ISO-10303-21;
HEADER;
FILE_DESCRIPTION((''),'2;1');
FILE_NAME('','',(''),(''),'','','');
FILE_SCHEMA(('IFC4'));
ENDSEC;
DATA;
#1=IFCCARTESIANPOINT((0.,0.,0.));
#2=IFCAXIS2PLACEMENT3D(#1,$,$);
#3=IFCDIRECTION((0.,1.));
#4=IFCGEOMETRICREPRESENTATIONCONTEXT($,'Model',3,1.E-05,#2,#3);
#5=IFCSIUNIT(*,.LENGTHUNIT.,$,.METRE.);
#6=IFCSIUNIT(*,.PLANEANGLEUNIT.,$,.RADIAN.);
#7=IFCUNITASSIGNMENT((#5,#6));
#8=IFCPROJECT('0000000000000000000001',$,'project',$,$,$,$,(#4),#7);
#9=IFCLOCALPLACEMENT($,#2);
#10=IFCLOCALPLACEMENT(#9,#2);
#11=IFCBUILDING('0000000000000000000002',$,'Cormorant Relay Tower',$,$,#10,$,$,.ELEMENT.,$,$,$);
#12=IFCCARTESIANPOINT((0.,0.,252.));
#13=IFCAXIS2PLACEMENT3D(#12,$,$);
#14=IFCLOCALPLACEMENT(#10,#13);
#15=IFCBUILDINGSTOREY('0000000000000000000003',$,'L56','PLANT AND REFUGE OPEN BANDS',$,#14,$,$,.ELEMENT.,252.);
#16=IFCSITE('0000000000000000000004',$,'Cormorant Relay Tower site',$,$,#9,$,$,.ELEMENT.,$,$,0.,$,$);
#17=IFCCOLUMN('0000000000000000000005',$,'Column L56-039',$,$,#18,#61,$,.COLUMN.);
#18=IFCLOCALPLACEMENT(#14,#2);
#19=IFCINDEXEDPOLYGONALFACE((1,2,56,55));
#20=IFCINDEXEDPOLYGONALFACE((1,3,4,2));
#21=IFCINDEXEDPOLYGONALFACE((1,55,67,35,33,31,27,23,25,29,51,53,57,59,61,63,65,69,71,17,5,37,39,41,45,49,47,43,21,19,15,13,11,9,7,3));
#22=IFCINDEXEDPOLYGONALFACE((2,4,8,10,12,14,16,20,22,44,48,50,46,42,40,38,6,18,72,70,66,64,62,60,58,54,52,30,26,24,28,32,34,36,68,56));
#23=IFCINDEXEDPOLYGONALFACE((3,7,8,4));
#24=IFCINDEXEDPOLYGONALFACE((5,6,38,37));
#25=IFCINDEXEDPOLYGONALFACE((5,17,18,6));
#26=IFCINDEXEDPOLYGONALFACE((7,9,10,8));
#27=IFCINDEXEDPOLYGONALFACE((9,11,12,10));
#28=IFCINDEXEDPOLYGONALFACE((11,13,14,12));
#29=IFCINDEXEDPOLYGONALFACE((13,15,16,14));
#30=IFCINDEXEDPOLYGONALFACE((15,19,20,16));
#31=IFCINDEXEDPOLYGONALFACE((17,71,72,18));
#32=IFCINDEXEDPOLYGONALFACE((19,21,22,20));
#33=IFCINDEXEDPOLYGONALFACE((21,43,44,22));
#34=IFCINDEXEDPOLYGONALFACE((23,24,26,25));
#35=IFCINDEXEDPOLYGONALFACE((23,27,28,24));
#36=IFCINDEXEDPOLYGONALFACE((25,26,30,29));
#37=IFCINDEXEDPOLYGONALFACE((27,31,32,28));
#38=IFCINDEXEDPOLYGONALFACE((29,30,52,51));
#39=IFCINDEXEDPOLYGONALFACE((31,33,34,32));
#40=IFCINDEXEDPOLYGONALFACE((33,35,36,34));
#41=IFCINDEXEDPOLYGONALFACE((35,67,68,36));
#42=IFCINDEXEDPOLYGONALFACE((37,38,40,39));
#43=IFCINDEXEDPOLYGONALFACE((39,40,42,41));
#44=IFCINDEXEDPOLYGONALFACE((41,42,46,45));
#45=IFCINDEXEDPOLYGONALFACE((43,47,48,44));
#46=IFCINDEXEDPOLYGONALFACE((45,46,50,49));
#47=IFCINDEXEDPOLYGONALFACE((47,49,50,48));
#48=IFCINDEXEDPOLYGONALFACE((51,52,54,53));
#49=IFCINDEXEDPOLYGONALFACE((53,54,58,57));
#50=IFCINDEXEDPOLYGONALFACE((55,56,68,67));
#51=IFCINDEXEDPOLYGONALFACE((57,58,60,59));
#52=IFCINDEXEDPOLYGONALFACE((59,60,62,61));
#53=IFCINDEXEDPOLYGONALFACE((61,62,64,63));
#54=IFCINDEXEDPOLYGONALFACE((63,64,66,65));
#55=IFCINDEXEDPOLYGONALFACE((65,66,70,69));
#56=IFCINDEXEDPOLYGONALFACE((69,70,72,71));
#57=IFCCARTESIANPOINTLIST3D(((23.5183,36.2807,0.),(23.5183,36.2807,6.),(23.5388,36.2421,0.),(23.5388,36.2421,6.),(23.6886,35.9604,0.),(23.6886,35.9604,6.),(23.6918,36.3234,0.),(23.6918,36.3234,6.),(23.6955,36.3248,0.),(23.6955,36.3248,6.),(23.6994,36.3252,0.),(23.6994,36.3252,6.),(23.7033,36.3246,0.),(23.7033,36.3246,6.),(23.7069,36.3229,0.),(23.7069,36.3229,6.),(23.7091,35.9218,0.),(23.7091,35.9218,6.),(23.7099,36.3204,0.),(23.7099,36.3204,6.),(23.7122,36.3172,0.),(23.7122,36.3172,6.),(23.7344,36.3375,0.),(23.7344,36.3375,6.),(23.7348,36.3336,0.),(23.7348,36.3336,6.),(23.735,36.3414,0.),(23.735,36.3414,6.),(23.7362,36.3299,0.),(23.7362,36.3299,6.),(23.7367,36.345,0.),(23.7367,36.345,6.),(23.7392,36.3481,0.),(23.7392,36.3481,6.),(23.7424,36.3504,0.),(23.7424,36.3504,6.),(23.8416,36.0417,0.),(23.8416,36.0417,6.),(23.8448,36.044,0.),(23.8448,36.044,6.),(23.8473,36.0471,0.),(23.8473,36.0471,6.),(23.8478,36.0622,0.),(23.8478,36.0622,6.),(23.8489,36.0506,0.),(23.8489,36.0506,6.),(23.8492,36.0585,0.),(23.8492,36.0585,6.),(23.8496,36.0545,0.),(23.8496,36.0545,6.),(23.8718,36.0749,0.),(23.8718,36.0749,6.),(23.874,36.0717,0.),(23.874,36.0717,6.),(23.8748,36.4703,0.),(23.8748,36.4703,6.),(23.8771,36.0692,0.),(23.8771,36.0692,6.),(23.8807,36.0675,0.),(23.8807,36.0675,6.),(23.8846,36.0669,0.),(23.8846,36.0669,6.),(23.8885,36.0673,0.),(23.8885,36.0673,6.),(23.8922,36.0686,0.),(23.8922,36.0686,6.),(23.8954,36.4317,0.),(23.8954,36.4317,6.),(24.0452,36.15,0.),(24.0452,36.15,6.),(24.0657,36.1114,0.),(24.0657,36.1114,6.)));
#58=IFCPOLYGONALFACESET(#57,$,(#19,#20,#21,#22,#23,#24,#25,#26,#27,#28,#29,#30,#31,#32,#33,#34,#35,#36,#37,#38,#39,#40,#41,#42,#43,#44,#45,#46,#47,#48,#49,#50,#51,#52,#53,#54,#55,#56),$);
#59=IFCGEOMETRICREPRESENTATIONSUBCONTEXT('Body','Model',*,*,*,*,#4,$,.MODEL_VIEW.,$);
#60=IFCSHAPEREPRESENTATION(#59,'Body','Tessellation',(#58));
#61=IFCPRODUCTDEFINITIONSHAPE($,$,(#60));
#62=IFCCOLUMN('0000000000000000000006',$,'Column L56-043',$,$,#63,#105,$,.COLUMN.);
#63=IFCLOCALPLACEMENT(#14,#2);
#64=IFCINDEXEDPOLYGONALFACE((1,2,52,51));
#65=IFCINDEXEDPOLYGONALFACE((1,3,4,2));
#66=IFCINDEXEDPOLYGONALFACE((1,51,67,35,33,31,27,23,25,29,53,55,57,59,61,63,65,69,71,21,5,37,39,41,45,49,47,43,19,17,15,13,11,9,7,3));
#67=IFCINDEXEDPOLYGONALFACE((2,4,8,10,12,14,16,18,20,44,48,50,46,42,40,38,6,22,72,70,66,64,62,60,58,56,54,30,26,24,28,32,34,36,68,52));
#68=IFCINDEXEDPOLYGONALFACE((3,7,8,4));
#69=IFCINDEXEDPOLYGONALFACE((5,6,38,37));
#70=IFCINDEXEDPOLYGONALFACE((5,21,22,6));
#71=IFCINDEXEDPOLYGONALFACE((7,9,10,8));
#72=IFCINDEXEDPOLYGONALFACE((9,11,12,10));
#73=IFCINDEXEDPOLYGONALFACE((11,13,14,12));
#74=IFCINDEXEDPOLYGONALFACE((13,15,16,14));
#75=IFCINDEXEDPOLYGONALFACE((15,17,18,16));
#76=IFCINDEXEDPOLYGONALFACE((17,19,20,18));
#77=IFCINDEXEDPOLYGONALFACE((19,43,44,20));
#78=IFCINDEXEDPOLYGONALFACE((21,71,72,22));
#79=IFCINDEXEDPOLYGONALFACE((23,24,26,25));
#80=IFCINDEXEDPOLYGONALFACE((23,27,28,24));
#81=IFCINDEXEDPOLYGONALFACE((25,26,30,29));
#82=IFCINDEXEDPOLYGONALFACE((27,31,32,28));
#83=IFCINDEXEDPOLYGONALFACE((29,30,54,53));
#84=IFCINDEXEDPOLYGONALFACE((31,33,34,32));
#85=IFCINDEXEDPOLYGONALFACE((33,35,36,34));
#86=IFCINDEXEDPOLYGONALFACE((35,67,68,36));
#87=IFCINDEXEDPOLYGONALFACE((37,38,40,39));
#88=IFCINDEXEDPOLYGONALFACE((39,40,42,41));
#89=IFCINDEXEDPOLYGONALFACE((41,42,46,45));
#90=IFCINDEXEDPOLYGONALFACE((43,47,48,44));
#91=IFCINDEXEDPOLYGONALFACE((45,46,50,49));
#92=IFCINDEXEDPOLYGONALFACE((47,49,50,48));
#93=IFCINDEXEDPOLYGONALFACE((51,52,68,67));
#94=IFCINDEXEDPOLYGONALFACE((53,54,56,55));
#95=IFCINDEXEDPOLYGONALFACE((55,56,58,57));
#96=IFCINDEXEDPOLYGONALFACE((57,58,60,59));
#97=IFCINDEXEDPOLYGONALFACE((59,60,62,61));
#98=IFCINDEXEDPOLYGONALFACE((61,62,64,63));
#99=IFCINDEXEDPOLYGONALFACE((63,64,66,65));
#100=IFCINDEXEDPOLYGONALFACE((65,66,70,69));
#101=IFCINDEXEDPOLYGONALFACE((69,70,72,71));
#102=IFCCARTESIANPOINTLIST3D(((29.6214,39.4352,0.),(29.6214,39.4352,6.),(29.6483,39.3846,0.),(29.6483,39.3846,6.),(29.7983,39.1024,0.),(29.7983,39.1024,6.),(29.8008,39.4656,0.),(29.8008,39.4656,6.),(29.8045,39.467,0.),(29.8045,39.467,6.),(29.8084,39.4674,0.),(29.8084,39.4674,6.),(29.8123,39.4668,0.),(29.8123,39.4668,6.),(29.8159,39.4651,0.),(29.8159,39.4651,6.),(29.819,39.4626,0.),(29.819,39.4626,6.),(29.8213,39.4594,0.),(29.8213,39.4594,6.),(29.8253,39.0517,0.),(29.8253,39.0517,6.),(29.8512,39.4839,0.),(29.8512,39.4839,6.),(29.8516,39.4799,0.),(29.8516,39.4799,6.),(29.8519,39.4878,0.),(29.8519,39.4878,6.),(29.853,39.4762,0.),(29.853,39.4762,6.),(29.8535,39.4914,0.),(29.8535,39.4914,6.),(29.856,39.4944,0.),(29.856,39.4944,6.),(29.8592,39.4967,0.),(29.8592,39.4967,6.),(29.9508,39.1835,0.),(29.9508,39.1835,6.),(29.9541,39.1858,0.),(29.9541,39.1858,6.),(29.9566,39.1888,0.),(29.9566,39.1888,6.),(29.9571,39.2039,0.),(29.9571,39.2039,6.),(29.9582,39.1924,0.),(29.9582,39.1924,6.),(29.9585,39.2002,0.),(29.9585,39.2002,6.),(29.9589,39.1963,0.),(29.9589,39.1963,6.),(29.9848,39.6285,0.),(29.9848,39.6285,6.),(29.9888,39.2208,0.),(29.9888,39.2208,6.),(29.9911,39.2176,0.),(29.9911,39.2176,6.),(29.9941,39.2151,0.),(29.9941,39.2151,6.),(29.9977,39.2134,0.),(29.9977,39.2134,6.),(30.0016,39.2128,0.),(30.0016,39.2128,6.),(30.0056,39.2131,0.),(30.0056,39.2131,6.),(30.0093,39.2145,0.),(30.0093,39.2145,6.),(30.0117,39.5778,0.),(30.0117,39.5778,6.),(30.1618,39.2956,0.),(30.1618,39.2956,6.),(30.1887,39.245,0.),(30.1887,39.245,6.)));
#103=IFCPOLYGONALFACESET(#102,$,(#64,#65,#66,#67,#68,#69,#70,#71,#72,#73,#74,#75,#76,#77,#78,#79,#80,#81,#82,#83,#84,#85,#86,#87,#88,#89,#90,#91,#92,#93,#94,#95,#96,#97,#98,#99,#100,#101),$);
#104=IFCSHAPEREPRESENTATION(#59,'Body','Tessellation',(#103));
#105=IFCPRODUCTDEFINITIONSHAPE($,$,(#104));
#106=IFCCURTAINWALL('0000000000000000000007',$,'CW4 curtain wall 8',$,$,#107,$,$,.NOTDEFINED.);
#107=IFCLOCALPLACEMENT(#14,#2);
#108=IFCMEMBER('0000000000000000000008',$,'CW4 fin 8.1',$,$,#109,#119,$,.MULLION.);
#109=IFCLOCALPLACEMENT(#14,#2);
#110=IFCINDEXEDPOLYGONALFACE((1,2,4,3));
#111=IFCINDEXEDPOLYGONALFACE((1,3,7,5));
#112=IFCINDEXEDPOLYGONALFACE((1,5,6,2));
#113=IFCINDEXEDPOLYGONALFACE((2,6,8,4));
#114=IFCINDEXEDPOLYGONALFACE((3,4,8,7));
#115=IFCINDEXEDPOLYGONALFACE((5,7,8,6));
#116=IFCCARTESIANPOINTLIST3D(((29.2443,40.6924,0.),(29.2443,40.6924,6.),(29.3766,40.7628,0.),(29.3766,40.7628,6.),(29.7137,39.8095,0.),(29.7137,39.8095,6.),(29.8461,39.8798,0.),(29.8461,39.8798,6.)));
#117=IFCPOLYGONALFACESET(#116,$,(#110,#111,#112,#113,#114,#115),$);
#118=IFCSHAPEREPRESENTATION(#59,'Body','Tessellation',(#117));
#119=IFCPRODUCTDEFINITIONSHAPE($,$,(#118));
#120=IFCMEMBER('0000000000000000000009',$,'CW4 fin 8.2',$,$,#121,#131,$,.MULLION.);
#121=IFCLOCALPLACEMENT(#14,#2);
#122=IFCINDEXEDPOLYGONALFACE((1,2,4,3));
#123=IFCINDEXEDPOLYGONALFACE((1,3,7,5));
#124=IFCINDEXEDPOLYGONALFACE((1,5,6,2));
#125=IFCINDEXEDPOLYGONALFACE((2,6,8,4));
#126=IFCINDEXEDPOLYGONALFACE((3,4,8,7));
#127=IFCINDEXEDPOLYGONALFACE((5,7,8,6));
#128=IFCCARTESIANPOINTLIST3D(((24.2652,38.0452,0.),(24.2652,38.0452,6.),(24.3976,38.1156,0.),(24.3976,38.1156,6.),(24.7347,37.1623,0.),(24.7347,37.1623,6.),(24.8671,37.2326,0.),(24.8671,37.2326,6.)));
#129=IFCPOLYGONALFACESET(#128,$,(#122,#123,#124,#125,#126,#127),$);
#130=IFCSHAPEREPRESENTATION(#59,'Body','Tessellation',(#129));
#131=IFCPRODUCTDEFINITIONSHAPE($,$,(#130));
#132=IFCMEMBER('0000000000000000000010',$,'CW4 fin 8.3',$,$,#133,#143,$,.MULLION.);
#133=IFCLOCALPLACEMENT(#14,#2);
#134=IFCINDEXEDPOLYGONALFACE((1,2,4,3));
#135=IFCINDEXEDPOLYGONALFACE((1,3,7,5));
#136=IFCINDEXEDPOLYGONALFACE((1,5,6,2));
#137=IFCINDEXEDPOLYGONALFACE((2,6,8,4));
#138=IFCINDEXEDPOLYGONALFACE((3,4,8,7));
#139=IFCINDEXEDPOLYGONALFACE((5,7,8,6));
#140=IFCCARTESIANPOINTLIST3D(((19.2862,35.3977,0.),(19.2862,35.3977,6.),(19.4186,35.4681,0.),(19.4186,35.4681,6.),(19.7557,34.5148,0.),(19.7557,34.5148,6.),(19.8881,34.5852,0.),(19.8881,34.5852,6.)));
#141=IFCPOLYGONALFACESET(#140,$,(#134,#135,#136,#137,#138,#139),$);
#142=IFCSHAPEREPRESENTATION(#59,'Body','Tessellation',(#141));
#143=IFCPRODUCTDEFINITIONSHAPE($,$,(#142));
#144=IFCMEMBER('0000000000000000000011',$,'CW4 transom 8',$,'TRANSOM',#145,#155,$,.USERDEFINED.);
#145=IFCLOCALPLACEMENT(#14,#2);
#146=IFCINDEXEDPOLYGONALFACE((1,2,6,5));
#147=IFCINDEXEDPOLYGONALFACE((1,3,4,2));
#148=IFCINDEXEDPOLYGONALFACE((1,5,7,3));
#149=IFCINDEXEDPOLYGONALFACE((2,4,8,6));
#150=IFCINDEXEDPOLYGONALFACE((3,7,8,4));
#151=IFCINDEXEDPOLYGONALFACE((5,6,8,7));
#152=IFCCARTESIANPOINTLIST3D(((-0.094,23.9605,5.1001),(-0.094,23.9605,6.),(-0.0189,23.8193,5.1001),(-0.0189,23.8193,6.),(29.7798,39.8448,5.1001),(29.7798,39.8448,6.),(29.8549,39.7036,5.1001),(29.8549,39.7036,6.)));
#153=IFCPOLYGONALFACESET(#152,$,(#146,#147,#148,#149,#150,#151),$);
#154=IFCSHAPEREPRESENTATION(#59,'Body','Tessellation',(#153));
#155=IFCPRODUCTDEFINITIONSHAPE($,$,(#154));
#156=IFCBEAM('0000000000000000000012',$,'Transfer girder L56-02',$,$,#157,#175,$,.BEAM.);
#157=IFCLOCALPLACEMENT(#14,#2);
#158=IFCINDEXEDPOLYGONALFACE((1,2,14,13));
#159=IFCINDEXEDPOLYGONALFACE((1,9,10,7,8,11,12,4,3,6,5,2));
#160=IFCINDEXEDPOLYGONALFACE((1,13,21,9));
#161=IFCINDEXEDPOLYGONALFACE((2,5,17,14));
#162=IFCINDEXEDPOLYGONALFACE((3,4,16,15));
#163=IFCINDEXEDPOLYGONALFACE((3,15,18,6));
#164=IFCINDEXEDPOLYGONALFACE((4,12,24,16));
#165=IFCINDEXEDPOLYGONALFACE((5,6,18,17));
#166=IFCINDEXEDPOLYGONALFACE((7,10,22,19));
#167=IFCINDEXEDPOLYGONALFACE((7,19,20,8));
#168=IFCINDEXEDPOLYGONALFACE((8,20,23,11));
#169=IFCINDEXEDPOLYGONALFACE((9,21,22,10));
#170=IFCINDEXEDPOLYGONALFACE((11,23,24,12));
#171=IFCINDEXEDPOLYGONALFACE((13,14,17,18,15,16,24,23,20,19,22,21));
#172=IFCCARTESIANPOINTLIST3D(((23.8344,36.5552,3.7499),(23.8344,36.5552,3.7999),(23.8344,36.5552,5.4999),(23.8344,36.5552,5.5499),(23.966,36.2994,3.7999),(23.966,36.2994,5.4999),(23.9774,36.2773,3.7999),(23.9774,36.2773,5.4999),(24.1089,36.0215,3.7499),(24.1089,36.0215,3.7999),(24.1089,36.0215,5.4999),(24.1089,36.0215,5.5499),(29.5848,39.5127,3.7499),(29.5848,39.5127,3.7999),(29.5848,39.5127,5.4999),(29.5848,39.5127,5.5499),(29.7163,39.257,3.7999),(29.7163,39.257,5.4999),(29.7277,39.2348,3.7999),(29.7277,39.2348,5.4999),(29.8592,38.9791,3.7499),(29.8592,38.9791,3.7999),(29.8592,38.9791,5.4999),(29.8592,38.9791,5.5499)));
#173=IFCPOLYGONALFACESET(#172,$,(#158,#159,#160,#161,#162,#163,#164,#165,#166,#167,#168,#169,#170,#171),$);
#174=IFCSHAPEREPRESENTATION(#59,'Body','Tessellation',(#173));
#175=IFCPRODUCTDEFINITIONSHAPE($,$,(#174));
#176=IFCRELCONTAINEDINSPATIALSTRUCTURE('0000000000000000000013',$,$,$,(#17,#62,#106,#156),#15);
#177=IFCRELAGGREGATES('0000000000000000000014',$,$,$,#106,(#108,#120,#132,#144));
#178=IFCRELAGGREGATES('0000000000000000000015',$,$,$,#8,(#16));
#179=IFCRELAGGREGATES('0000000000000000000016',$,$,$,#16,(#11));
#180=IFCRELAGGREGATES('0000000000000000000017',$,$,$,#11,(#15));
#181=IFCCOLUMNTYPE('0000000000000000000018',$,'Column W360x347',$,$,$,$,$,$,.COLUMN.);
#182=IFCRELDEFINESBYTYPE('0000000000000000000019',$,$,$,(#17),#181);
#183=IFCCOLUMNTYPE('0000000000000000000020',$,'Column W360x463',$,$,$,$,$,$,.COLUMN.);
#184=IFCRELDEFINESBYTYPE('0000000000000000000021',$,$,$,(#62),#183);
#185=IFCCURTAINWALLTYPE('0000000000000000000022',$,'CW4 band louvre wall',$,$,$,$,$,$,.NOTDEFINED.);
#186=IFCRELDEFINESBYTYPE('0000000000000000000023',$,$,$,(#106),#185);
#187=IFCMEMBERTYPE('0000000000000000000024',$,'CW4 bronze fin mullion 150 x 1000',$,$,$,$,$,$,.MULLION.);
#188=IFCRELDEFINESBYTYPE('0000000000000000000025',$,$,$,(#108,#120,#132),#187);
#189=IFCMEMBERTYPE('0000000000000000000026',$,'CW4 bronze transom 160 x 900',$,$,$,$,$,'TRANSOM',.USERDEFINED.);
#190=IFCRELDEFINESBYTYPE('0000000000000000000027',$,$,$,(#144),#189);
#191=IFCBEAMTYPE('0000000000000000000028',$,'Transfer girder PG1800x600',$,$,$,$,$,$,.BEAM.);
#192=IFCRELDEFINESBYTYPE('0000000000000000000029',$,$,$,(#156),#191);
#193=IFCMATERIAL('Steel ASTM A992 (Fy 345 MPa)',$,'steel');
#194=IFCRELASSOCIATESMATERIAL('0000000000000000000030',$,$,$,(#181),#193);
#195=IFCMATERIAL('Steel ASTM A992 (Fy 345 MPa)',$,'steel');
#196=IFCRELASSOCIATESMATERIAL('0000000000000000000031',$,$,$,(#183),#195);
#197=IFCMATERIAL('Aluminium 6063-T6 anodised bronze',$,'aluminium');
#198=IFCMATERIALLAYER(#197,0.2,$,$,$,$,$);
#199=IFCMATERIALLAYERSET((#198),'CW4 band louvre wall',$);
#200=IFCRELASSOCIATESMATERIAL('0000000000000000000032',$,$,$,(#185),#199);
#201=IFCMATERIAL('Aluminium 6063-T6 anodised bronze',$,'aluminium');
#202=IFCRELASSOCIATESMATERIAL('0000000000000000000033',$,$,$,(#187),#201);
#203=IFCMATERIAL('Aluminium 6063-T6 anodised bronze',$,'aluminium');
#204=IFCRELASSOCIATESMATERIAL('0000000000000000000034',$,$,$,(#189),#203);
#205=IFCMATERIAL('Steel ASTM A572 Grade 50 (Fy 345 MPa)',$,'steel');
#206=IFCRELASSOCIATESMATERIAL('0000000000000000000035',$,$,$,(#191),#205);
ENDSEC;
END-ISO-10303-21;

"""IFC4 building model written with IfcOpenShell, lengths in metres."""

from ifc_helpers import new_model, si_unit, direction, frame, origin, origin_2d, place, context, subcontext, project, spatial, rectangle, i_section, extrude, material, layer, layer_set, material_profile, profile_set, type_object, element, aggregate, save


model = new_model("IFC4")

# Units and contexts
model_context = context("Model", 3, precision=1e-05, world=origin(), true_north=direction((0.0, 1.0)))
body_context = subcontext(model_context, "Body", "Model", "MODEL_VIEW")
ifc_project = project(units=[si_unit("LENGTHUNIT", "METRE"), si_unit("PLANEANGLEUNIT", "RADIAN")], contexts=[model_context])

# Site, building, storey
site_placement = place(None, origin())
site = spatial("IfcSite", under=ifc_project, at=site_placement, Name="Cormorant Relay Tower site", CompositionType="ELEMENT", RefElevation=0.0)
building_placement = place(site_placement, origin())
building = spatial("IfcBuilding", under=site, at=building_placement, Name="Cormorant Relay Tower", CompositionType="ELEMENT")
storey_placement = place(building_placement, frame((0.0, 0.0, 252.0)))
storey = spatial("IfcBuildingStorey", under=building, at=storey_placement, Name="L56", Description="PLANT AND REFUGE OPEN BANDS", CompositionType="ELEMENT", Elevation=252.0)

# Columns
ifc_material_1 = material(Name="Steel ASTM A992 (Fy 345 MPa)", Category="steel")
ifc_material_profile_1 = material_profile(ifc_material_1, i_section(OverallWidth=0.4038, OverallDepth=0.4065, WebThickness=0.0271, FlangeThickness=0.0437, FilletRadius=0.0151, at=origin_2d()), Name="W360x347")
ifc_profile_set_1 = profile_set([ifc_material_profile_1], Name="Steel ASTM A992 (Fy 345 MPa)")
column_type_1 = type_object("IfcColumnType", Name="Column W360x347", PredefinedType="COLUMN", material=ifc_profile_set_1)
column_1_placement = place(storey_placement, frame((23.792, 36.196, 0.0), z_axis=(0.0, 0.0, 1.0), x_axis=(-0.882948, -0.469472, 0.0)))
element("IfcColumn", 1, at=column_1_placement, inside=storey, type_object=column_type_1, Name="Column L56-039", PredefinedType="COLUMN", context=body_context, shape_type="SweptSolid", body=[
    extrude(i_section(OverallWidth=0.4038, OverallDepth=0.4065, WebThickness=0.0271, FlangeThickness=0.0437, FilletRadius=0.0151, at=origin_2d()), origin(), (0.0, 0.0, 1.0), 6.0),
])
ifc_material_2 = material(Name="Steel ASTM A992 (Fy 345 MPa)", Category="steel")
ifc_material_profile_2 = material_profile(ifc_material_2, i_section(OverallWidth=0.4116, OverallDepth=0.4343, WebThickness=0.0359, FlangeThickness=0.0574, FilletRadius=0.0151, at=origin_2d()), Name="W360x463")
ifc_profile_set_2 = profile_set([ifc_material_profile_2], Name="Steel ASTM A992 (Fy 345 MPa)")
column_type_2 = type_object("IfcColumnType", Name="Column W360x463", PredefinedType="COLUMN", material=ifc_profile_set_2)
column_2_placement = place(storey_placement, frame((29.905, 39.3401, 0.0), z_axis=(0.0, 0.0, 1.0), x_axis=(-0.882948, -0.469472, 0.0)))
element("IfcColumn", 2, at=column_2_placement, inside=storey, type_object=column_type_2, Name="Column L56-043", PredefinedType="COLUMN", context=body_context, shape_type="SweptSolid", body=[
    extrude(i_section(OverallWidth=0.4116, OverallDepth=0.4343, WebThickness=0.0359, FlangeThickness=0.0574, FilletRadius=0.0151, at=origin_2d()), origin(), (0.0, 0.0, 1.0), 6.0),
])

# Curtain wall, members
ifc_material_3 = material(Name="Aluminium 6063-T6 anodised bronze", Category="aluminium")
ifc_layer_1 = layer(ifc_material_3, 0.2)
ifc_layer_set_1 = layer_set([ifc_layer_1], Name="CW4 band louvre wall")
curtain_wall_type = type_object("IfcCurtainWallType", Name="CW4 band louvre wall", PredefinedType="NOTDEFINED", material=ifc_layer_set_1)
curtain_wall_1_placement = place(storey_placement, origin())
curtain_wall_1 = element("IfcCurtainWall", 3, at=curtain_wall_1_placement, inside=storey, type_object=curtain_wall_type, Name="CW4 curtain wall 8", PredefinedType="NOTDEFINED")
ifc_material_4 = material(Name="Aluminium 6063-T6 anodised bronze", Category="aluminium")
ifc_material_profile_3 = material_profile(ifc_material_4, rectangle(XDim=0.1499, YDim=1.0, at=origin_2d()), Name="AL 150x1000")
ifc_profile_set_3 = profile_set([ifc_material_profile_3], Name="Aluminium 6063-T6 anodised bronze")
member_type_1 = type_object("IfcMemberType", Name="CW4 bronze fin mullion 150 x 1000", PredefinedType="MULLION", material=ifc_profile_set_3)
member_1_placement = place(storey_placement, frame((29.5452, 40.2861, 0.0), z_axis=(0.0, 0.0, 1.0), x_axis=(-0.882948, -0.469472, 0.0)))
member_1 = element("IfcMember", 4, at=member_1_placement, type_object=member_type_1, Name="CW4 fin 8.1", PredefinedType="MULLION", context=body_context, shape_type="SweptSolid", body=[
    extrude(rectangle(XDim=0.1499, YDim=1.0, at=origin_2d()), origin(), (0.0, 0.0, 1.0), 6.0),
])
member_2_placement = place(storey_placement, frame((24.5662, 37.6389, 0.0), z_axis=(0.0, 0.0, 1.0), x_axis=(-0.882948, -0.469472, 0.0)))
member_2 = element("IfcMember", 5, at=member_2_placement, type_object=member_type_1, Name="CW4 fin 8.2", PredefinedType="MULLION", context=body_context, shape_type="SweptSolid", body=[
    extrude(rectangle(XDim=0.1499, YDim=1.0, at=origin_2d()), origin(), (0.0, 0.0, 1.0), 6.0),
])
member_3_placement = place(storey_placement, frame((19.5872, 34.9915, 0.0), z_axis=(0.0, 0.0, 1.0), x_axis=(-0.882948, -0.469472, 0.0)))
member_3 = element("IfcMember", 6, at=member_3_placement, type_object=member_type_1, Name="CW4 fin 8.3", PredefinedType="MULLION", context=body_context, shape_type="SweptSolid", body=[
    extrude(rectangle(XDim=0.1499, YDim=1.0, at=origin_2d()), origin(), (0.0, 0.0, 1.0), 6.0),
])
ifc_material_5 = material(Name="Aluminium 6063-T6 anodised bronze", Category="aluminium")
ifc_material_profile_4 = material_profile(ifc_material_5, rectangle(XDim=0.1599, YDim=0.8999, at=origin_2d()), Name="AL 160x900")
ifc_profile_set_4 = profile_set([ifc_material_profile_4], Name="Aluminium 6063-T6 anodised bronze")
member_type_2 = type_object("IfcMemberType", Name="CW4 bronze transom 160 x 900", ElementType="TRANSOM", PredefinedType="USERDEFINED", material=ifc_profile_set_4)
member_4_placement = place(storey_placement, frame((29.8174, 39.7742, 5.55), z_axis=(-0.882946, -0.469474, 0.0), x_axis=(0.469474, -0.882946, 0.0)))
member_4 = element("IfcMember", 7, at=member_4_placement, type_object=member_type_2, Name="CW4 transom 8", ObjectType="TRANSOM", PredefinedType="USERDEFINED", context=body_context, shape_type="SweptSolid", body=[
    extrude(rectangle(XDim=0.1599, YDim=0.8999, at=origin_2d()), origin(), (0.0, 0.0, 1.0), 33.8342),
])

# Beam
ifc_material_6 = material(Name="Steel ASTM A572 Grade 50 (Fy 345 MPa)", Category="steel")
ifc_material_profile_5 = material_profile(ifc_material_6, i_section(OverallWidth=0.6001, OverallDepth=1.8, WebThickness=0.0249, FlangeThickness=0.05, at=origin_2d()), Name="PG1800x600")
ifc_profile_set_5 = profile_set([ifc_material_profile_5], Name="Steel ASTM A572 Grade 50 (Fy 345 MPa)")
beam_type = type_object("IfcBeamType", Name="Transfer girder PG1800x600", PredefinedType="BEAM", material=ifc_profile_set_5)
beam_placement = place(storey_placement, frame((23.9717, 36.2883, 4.6499), z_axis=(0.889272, 0.457379, 0.0), x_axis=(-0.457379, 0.889272, 0.0)))
element("IfcBeam", 8, at=beam_placement, inside=storey, type_object=beam_type, Name="Transfer girder L56-02", PredefinedType="BEAM", context=body_context, shape_type="SweptSolid", body=[
    extrude(i_section(OverallWidth=0.6001, OverallDepth=1.8, WebThickness=0.0249, FlangeThickness=0.05, at=origin_2d()), origin(), (0.0, 0.0, 1.0), 6.4663),
])

aggregate(curtain_wall_1, [member_1, member_2, member_3, member_4])

save(model, "model.ifc")
